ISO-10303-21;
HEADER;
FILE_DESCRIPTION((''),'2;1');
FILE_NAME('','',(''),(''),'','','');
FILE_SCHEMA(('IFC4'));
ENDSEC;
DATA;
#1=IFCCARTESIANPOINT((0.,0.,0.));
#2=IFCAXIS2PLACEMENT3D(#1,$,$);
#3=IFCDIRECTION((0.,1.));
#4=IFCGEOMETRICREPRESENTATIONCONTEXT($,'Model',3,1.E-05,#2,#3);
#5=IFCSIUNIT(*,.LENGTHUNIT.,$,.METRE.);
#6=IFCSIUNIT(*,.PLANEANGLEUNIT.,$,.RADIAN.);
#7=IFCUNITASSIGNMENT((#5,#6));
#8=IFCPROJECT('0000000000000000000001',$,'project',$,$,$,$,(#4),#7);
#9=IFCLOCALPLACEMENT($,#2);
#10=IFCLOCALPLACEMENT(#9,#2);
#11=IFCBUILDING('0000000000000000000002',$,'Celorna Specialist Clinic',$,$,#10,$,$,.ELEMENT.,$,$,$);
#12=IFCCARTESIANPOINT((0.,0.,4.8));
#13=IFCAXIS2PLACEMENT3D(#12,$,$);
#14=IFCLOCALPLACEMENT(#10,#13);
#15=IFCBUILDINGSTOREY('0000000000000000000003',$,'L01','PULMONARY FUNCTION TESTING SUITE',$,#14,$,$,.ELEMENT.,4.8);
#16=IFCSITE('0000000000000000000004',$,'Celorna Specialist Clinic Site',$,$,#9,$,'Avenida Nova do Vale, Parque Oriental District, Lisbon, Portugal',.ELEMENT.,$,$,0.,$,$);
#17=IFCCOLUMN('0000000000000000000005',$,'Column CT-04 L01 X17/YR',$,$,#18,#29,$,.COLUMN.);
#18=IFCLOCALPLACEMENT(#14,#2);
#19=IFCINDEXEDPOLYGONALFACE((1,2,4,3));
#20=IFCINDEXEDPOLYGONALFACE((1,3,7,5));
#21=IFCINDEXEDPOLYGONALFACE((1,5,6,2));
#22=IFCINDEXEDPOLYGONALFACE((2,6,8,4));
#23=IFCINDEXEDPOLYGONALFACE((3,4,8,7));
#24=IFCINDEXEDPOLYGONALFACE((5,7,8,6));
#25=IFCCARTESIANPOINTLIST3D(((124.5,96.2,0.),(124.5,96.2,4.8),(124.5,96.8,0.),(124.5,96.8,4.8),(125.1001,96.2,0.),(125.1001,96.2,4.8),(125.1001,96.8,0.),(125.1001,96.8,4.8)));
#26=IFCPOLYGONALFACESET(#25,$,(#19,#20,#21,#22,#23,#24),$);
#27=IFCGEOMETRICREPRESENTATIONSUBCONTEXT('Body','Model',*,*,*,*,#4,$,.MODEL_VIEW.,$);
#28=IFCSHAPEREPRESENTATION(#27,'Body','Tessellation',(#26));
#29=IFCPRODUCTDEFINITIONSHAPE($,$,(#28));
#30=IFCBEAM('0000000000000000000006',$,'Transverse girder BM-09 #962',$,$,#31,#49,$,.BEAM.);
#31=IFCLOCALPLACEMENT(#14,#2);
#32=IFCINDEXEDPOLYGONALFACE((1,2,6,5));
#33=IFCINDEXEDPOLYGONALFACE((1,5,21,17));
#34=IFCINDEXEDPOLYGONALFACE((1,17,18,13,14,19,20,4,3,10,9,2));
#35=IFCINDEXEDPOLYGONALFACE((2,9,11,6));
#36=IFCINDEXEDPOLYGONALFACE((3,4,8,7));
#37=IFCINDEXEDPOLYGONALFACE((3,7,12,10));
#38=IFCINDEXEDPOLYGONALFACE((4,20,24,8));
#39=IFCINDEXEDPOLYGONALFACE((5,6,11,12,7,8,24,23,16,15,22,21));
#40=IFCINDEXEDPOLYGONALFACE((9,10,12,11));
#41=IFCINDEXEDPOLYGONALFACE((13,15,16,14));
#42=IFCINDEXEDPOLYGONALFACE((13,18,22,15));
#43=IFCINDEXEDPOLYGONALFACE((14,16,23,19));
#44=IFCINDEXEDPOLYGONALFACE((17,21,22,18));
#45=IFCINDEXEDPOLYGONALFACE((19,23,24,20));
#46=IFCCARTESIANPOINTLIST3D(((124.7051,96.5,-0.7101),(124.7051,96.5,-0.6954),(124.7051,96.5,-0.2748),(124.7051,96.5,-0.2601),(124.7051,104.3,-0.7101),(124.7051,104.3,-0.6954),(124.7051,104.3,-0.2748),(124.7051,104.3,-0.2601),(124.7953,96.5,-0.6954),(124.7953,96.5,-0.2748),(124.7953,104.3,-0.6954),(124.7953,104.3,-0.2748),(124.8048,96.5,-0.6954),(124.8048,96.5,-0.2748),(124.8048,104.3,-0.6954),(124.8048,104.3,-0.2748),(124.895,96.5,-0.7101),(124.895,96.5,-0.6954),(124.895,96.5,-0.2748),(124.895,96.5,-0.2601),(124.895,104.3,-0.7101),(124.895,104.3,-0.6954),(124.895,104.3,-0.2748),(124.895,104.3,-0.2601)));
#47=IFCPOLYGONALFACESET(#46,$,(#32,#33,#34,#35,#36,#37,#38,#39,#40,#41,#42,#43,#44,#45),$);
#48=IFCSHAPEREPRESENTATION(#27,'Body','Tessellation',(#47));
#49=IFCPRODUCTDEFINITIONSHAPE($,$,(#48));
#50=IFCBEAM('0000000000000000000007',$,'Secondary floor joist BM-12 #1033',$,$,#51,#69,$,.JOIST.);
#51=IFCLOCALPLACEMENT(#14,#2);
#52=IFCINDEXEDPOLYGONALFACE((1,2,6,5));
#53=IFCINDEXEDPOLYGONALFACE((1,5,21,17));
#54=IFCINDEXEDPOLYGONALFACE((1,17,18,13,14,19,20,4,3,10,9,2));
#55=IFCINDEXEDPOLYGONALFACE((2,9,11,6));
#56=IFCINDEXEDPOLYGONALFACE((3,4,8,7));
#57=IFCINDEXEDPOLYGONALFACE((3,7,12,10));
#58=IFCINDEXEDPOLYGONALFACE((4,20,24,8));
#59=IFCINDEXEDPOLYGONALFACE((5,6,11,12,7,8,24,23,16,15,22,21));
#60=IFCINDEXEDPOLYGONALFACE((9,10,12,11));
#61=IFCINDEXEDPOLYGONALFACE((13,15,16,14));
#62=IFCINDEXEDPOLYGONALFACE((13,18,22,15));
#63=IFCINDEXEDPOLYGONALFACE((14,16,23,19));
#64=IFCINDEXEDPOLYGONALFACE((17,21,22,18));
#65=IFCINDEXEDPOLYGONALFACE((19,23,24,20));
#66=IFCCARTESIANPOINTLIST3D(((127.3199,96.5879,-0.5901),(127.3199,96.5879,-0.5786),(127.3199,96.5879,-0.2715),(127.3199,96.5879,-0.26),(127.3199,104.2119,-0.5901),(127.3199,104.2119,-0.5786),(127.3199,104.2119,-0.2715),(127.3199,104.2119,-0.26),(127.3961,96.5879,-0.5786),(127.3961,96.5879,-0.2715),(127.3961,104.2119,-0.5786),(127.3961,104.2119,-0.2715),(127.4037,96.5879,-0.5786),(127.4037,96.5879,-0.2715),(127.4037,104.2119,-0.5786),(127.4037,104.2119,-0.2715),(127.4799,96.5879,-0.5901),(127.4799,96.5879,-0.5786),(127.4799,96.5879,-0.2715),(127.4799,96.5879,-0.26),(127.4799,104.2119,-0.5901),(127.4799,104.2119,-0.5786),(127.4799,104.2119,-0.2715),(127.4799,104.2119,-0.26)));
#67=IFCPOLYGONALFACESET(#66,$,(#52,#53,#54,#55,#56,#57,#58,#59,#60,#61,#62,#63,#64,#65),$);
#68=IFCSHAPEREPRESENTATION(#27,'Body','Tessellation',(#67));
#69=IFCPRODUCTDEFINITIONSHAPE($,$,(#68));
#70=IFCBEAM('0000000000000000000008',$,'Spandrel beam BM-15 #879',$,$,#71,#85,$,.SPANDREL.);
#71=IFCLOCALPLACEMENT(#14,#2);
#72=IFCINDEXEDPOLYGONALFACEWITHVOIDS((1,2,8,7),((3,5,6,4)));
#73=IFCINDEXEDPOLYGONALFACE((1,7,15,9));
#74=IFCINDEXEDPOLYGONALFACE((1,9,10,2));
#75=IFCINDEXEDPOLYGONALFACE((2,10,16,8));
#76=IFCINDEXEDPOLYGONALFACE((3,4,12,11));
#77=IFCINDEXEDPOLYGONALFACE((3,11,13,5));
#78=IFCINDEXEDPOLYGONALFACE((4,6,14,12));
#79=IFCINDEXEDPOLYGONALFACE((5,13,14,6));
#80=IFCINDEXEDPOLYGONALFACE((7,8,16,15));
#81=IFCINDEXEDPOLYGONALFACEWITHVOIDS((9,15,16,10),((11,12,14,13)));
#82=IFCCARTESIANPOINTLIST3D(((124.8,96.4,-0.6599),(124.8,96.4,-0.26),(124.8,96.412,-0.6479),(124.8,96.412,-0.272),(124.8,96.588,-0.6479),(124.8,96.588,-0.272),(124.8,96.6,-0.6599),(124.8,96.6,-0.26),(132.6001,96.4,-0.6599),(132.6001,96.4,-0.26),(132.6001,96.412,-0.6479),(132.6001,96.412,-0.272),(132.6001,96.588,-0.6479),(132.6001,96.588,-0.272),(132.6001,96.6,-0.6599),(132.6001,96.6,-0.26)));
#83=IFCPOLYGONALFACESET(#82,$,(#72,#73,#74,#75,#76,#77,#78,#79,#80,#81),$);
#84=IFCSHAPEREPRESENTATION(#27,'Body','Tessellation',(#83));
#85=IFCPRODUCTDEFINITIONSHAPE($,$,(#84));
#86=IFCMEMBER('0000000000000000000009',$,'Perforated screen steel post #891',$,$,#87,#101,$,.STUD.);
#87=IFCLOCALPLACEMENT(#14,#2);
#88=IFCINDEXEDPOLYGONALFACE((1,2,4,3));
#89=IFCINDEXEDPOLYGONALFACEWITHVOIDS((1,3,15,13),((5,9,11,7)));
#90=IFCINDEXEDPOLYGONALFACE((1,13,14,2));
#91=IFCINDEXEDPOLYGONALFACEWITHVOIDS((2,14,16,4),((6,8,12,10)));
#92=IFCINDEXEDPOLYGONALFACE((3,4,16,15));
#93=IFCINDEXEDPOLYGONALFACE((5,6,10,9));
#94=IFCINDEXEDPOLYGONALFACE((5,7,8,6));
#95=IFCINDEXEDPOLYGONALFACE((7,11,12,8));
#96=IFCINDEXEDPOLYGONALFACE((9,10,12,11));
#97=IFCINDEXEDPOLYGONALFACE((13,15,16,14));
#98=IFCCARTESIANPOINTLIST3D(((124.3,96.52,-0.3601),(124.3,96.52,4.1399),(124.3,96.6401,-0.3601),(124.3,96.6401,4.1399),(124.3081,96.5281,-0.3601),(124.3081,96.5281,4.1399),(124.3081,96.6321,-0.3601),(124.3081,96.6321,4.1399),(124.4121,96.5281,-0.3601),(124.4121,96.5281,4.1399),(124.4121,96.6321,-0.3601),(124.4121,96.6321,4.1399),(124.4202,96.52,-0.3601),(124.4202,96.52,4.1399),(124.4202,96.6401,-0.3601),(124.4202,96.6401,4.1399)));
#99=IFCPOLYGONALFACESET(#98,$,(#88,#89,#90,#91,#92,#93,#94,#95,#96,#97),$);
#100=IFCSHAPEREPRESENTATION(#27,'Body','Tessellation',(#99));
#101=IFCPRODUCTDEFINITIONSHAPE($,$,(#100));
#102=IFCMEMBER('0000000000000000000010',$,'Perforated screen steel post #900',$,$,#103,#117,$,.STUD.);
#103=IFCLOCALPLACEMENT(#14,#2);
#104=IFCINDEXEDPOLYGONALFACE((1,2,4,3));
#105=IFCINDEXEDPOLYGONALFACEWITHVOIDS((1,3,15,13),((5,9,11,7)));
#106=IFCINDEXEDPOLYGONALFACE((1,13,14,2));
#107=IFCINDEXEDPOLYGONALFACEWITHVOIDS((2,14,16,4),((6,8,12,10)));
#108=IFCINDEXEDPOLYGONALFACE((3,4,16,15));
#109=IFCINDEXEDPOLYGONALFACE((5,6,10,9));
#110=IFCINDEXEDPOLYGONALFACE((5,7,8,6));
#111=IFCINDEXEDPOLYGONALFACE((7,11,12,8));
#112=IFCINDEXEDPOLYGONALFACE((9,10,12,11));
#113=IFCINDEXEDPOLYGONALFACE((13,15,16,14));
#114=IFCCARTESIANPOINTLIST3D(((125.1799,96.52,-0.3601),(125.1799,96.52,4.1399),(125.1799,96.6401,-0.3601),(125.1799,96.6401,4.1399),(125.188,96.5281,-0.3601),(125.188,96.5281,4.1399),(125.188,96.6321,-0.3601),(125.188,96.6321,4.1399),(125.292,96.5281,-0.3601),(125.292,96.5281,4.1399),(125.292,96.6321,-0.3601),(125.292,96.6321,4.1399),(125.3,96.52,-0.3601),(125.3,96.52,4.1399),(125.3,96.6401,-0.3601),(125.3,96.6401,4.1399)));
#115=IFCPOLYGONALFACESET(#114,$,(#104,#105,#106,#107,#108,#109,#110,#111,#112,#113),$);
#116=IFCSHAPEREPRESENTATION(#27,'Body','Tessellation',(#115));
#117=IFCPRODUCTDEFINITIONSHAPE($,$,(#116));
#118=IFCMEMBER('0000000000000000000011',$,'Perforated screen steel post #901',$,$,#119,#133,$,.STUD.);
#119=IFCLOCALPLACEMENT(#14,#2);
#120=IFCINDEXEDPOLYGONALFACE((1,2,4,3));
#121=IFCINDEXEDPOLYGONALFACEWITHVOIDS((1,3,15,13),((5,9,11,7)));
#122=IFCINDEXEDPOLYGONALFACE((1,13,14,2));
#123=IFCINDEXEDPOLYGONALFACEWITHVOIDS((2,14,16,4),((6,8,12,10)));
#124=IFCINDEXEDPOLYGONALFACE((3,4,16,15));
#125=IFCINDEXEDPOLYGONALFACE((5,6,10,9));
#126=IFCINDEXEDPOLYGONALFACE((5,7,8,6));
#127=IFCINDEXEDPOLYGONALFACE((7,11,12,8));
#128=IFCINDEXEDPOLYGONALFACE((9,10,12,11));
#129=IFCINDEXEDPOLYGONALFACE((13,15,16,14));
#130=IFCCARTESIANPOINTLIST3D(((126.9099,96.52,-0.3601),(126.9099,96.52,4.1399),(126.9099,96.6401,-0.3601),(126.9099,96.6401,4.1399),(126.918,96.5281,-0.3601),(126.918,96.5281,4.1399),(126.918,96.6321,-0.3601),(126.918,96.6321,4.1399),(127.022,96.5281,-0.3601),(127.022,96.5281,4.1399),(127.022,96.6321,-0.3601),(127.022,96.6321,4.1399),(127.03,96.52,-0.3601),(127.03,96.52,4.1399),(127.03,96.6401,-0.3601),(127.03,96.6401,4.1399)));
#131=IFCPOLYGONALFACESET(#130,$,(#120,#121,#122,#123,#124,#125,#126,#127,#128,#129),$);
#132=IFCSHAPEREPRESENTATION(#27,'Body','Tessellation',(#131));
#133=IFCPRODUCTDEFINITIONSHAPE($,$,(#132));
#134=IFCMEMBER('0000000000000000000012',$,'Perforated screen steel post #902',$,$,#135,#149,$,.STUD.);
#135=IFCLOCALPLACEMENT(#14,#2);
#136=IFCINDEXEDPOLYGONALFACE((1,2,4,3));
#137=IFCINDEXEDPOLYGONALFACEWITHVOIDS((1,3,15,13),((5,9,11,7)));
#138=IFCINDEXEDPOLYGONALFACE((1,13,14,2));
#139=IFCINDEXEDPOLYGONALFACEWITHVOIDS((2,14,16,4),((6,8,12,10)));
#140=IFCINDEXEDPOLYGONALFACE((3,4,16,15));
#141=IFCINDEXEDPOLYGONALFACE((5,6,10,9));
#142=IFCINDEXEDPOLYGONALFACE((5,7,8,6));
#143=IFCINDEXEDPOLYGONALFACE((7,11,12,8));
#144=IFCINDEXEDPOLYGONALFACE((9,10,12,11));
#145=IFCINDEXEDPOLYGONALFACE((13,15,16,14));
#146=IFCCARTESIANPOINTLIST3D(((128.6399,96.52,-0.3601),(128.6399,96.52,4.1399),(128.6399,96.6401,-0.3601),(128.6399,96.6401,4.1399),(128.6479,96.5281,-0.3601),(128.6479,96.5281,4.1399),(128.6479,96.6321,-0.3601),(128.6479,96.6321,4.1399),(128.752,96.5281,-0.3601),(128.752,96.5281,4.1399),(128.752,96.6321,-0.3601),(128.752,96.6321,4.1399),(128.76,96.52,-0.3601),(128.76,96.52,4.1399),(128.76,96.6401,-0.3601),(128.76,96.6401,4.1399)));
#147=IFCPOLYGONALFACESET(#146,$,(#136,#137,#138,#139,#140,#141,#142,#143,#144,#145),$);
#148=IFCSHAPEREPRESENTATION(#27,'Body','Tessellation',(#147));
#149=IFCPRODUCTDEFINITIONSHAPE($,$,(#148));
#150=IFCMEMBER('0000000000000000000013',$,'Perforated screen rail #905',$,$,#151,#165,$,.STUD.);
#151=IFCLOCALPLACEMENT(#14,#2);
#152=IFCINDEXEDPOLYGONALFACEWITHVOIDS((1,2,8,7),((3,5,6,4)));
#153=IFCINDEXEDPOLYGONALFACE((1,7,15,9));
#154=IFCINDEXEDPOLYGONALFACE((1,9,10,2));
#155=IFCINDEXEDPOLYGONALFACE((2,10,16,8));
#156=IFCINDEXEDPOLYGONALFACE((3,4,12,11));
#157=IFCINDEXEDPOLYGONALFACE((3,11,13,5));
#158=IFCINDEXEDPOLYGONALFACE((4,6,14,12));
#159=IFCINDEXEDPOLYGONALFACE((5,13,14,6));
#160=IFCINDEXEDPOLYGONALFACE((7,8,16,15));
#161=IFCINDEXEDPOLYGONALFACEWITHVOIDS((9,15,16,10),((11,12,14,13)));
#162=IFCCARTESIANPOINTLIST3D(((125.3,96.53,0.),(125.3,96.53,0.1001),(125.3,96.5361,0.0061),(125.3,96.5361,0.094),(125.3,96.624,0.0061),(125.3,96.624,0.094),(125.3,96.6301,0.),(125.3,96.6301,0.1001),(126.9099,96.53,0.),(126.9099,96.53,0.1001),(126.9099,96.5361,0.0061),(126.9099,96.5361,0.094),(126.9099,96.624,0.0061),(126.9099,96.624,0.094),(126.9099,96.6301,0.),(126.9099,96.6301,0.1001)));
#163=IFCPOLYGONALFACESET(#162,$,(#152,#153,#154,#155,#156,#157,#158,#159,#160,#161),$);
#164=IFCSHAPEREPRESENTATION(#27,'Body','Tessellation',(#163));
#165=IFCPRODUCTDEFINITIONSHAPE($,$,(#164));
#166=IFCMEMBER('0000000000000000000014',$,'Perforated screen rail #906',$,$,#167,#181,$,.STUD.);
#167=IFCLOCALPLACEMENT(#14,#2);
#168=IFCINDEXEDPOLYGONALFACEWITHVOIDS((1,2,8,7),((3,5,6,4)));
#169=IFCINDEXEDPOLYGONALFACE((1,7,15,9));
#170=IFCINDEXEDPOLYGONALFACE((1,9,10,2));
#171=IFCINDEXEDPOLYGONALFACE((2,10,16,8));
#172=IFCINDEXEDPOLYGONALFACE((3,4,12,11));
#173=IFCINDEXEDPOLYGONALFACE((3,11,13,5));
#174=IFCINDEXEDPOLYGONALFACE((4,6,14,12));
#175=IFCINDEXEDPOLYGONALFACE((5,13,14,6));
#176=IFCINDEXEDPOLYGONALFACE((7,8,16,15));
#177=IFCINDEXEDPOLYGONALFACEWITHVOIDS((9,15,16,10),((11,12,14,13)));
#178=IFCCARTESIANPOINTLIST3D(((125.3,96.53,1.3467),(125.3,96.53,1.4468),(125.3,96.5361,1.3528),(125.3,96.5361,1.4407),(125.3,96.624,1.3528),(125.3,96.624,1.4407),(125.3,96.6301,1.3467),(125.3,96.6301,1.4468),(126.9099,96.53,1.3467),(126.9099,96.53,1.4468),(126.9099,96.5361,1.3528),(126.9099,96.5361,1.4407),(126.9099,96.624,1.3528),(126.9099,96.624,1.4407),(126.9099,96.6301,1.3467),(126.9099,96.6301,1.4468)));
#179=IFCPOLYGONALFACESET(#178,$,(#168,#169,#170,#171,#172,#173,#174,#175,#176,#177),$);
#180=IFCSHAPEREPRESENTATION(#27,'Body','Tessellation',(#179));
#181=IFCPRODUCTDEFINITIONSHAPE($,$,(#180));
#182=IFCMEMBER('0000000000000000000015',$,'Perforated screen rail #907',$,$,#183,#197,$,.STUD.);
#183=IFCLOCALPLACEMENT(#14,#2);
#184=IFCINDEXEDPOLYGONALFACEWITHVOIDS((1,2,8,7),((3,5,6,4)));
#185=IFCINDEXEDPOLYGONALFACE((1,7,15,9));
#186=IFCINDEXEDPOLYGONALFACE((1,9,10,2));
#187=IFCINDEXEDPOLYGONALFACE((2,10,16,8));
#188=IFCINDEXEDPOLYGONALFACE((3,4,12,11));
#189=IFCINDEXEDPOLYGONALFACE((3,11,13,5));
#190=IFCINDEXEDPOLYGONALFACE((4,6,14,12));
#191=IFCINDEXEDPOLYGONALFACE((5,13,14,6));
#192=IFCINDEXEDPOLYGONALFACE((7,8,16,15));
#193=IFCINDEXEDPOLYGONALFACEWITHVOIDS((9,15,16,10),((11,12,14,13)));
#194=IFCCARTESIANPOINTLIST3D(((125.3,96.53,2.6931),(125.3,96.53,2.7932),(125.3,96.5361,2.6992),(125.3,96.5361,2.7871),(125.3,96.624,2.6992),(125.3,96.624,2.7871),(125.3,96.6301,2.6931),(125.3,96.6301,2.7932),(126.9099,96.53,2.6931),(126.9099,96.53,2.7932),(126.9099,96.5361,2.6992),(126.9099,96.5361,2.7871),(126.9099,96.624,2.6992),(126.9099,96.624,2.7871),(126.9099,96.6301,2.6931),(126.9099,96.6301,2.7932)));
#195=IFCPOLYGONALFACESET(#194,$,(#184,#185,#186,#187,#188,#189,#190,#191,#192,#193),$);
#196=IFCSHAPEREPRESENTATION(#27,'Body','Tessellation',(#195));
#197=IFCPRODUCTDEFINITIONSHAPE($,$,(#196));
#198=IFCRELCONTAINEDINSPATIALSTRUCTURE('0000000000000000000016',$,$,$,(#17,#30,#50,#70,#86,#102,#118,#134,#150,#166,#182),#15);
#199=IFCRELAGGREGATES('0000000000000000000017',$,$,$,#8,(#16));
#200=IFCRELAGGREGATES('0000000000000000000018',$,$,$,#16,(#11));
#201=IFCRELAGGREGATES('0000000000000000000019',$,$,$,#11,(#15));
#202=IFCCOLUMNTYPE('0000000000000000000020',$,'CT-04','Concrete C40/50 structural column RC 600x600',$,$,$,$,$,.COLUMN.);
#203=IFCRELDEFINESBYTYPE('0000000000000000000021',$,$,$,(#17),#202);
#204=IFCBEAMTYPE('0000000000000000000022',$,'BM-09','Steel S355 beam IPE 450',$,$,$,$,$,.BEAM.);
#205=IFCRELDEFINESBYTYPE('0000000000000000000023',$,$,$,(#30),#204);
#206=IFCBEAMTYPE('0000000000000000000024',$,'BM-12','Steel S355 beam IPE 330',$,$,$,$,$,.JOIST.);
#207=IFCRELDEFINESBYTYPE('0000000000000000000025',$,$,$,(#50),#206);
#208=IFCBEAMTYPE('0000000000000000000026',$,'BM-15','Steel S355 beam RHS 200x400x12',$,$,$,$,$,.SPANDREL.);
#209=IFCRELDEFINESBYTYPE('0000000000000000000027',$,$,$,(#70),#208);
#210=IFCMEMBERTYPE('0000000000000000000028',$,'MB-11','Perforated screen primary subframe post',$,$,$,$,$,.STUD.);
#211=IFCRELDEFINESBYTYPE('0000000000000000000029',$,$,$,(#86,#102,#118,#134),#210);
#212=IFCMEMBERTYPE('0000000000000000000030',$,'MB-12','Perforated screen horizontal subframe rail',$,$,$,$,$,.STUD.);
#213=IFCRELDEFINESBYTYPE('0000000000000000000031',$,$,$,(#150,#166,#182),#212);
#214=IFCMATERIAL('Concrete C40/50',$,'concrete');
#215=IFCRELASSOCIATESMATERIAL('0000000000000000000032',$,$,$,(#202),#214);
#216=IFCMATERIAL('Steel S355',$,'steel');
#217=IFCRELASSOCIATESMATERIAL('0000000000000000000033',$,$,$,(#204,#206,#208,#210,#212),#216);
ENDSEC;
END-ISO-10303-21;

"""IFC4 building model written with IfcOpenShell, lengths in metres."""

from ifc_helpers import new_model, si_unit, direction, frame, origin, origin_2d, place, context, subcontext, project, spatial, rectangle, hollow_rectangle, i_section, extrude, material, material_profile, profile_set, type_object, element, save


model = new_model("IFC4")

# Units and contexts
model_context = context("Model", 3, precision=1e-05, world=origin(), true_north=direction((0.0, 1.0)))
body_context = subcontext(model_context, "Body", "Model", "MODEL_VIEW")
ifc_project = project(units=[si_unit("LENGTHUNIT", "METRE"), si_unit("PLANEANGLEUNIT", "RADIAN")], contexts=[model_context])

# Site, building, storey
site_placement = place(None, origin())
site = spatial("IfcSite", under=ifc_project, at=site_placement, Name="Celorna Specialist Clinic Site", LongName="Avenida Nova do Vale, Parque Oriental District, Lisbon, Portugal", CompositionType="ELEMENT", RefElevation=0.0)
building_placement = place(site_placement, origin())
building = spatial("IfcBuilding", under=site, at=building_placement, Name="Celorna Specialist Clinic", CompositionType="ELEMENT")
storey_placement = place(building_placement, frame((0.0, 0.0, 4.8)))
storey = spatial("IfcBuildingStorey", under=building, at=storey_placement, Name="L01", Description="PULMONARY FUNCTION TESTING SUITE", CompositionType="ELEMENT", Elevation=4.8)

# Column
ifc_material_1 = material(Name="Concrete C40/50", Category="concrete")
ifc_material_profile_1 = material_profile(ifc_material_1, rectangle(XDim=0.6001, YDim=0.6001, at=origin_2d()), Name="RC 600x600")
ifc_profile_set_1 = profile_set([ifc_material_profile_1], Name="Concrete C40/50")
column_type = type_object("IfcColumnType", Name="CT-04", Description="Concrete C40/50 structural column RC 600x600", PredefinedType="COLUMN", material=ifc_profile_set_1)
column_placement = place(storey_placement, frame((124.8, 96.5, 0.0), z_axis=(0.0, 0.0, 1.0), x_axis=(1.0, 0.0, 0.0)))
element("IfcColumn", 1, at=column_placement, inside=storey, type_object=column_type, Name="Column CT-04 L01 X17/YR", PredefinedType="COLUMN", context=body_context, shape_type="SweptSolid", body=[
    extrude(rectangle(XDim=0.6001, YDim=0.6001, at=origin_2d()), origin(), (0.0, 0.0, 1.0), 4.8),
])

# Beams
ifc_material_2 = material(Name="Steel S355", Category="steel")
ifc_material_profile_2 = material_profile(ifc_material_2, i_section(OverallWidth=0.1899, OverallDepth=0.45, WebThickness=0.0095, FlangeThickness=0.0146, at=origin_2d()), Name="IPE 450")
ifc_profile_set_2 = profile_set([ifc_material_profile_2], Name="Steel S355")
beam_type_1 = type_object("IfcBeamType", Name="BM-09", Description="Steel S355 beam IPE 450", PredefinedType="BEAM", material=ifc_profile_set_2)
beam_1_placement = place(storey_placement, frame((124.8, 96.5, -0.4851), z_axis=(0.0, 1.0, 0.0), x_axis=(-1.0, 0.0, 0.0)))
element("IfcBeam", 2, at=beam_1_placement, inside=storey, type_object=beam_type_1, Name="Transverse girder BM-09 #962", PredefinedType="BEAM", context=body_context, shape_type="SweptSolid", body=[
    extrude(i_section(OverallWidth=0.1899, OverallDepth=0.45, WebThickness=0.0095, FlangeThickness=0.0146, at=origin_2d()), origin(), (0.0, 0.0, 1.0), 7.8),
])
ifc_material_profile_3 = material_profile(ifc_material_2, i_section(OverallWidth=0.1599, OverallDepth=0.3301, WebThickness=0.0076, FlangeThickness=0.0115, at=origin_2d()), Name="IPE 330")
ifc_profile_set_3 = profile_set([ifc_material_profile_3], Name="Steel S355")
beam_type_2 = type_object("IfcBeamType", Name="BM-12", Description="Steel S355 beam IPE 330", PredefinedType="JOIST", material=ifc_profile_set_3)
beam_2_placement = place(storey_placement, frame((127.3999, 96.5879, -0.425), z_axis=(0.0, 1.0, 0.0), x_axis=(-1.0, 0.0, 0.0)))
element("IfcBeam", 3, at=beam_2_placement, inside=storey, type_object=beam_type_2, Name="Secondary floor joist BM-12 #1033", PredefinedType="JOIST", context=body_context, shape_type="SweptSolid", body=[
    extrude(i_section(OverallWidth=0.1599, OverallDepth=0.3301, WebThickness=0.0076, FlangeThickness=0.0115, at=origin_2d()), origin(), (0.0, 0.0, 1.0), 7.624),
])
ifc_material_profile_4 = material_profile(ifc_material_2, hollow_rectangle(XDim=0.2, YDim=0.3999, WallThickness=0.012, at=origin_2d()), Name="RHS 200x400x12")
ifc_profile_set_4 = profile_set([ifc_material_profile_4], Name="Steel S355")
beam_type_3 = type_object("IfcBeamType", Name="BM-15", Description="Steel S355 beam RHS 200x400x12", PredefinedType="SPANDREL", material=ifc_profile_set_4)
beam_3_placement = place(storey_placement, frame((124.8, 96.5, -0.46), z_axis=(1.0, 0.0, 0.0), x_axis=(0.0, 1.0, 0.0)))
element("IfcBeam", 4, at=beam_3_placement, inside=storey, type_object=beam_type_3, Name="Spandrel beam BM-15 #879", PredefinedType="SPANDREL", context=body_context, shape_type="SweptSolid", body=[
    extrude(hollow_rectangle(XDim=0.2, YDim=0.3999, WallThickness=0.012, at=origin_2d()), origin(), (0.0, 0.0, 1.0), 7.8),
])

# Members
ifc_material_profile_5 = material_profile(ifc_material_2, hollow_rectangle(XDim=0.1201, YDim=0.1201, WallThickness=0.0081, at=origin_2d()), Name="SHS 120x120x8")
ifc_profile_set_5 = profile_set([ifc_material_profile_5], Name="Steel S355")
member_type_1 = type_object("IfcMemberType", Name="MB-11", Description="Perforated screen primary subframe post", PredefinedType="STUD", material=ifc_profile_set_5)
for number, where, z_axis, x_axis, name in (
    (5, (124.3601, 96.5801, -0.3601), (0.0, 0.0, 1.0), (1.0, 0.0, 0.0), "Perforated screen steel post #891"),
    (6, (125.24, 96.5801, -0.3601), (0.0, 0.0, 1.0), (1.0, 0.0, 0.0), "Perforated screen steel post #900"),
    (7, (126.97, 96.5801, -0.3601), (0.0, 0.0, 1.0), (1.0, 0.0, 0.0), "Perforated screen steel post #901"),
    (8, (128.7, 96.5801, -0.3601), (0.0, 0.0, 1.0), (1.0, 0.0, 0.0), "Perforated screen steel post #902"),
):
    element("IfcMember", number, at=place(storey_placement, frame(where, z_axis=z_axis, x_axis=x_axis)), inside=storey, type_object=member_type_1, Name=name, PredefinedType="STUD", context=body_context, shape_type="SweptSolid", body=[
        extrude(hollow_rectangle(XDim=0.1201, YDim=0.1201, WallThickness=0.0081, at=origin_2d()), origin(), (0.0, 0.0, 1.0), 4.5),
    ])
ifc_material_profile_6 = material_profile(ifc_material_2, hollow_rectangle(XDim=0.1001, YDim=0.1001, WallThickness=0.0061, at=origin_2d()), Name="SHS 100x100x6")
ifc_profile_set_6 = profile_set([ifc_material_profile_6], Name="Steel S355")
member_type_2 = type_object("IfcMemberType", Name="MB-12", Description="Perforated screen horizontal subframe rail", PredefinedType="STUD", material=ifc_profile_set_6)
for number, where, z_axis, x_axis, name in (
    (9, (125.3, 96.5801, 0.05), (1.0, 0.0, 0.0), (0.0, 1.0, 0.0), "Perforated screen rail #905"),
    (10, (125.3, 96.5801, 1.3967), (1.0, 0.0, 0.0), (0.0, 1.0, 0.0), "Perforated screen rail #906"),
    (11, (125.3, 96.5801, 2.7432), (1.0, 0.0, 0.0), (0.0, 1.0, 0.0), "Perforated screen rail #907"),
):
    element("IfcMember", number, at=place(storey_placement, frame(where, z_axis=z_axis, x_axis=x_axis)), inside=storey, type_object=member_type_2, Name=name, PredefinedType="STUD", context=body_context, shape_type="SweptSolid", body=[
        extrude(hollow_rectangle(XDim=0.1001, YDim=0.1001, WallThickness=0.0061, at=origin_2d()), origin(), (0.0, 0.0, 1.0), 1.6099),
    ])

save(model, "model.ifc")
